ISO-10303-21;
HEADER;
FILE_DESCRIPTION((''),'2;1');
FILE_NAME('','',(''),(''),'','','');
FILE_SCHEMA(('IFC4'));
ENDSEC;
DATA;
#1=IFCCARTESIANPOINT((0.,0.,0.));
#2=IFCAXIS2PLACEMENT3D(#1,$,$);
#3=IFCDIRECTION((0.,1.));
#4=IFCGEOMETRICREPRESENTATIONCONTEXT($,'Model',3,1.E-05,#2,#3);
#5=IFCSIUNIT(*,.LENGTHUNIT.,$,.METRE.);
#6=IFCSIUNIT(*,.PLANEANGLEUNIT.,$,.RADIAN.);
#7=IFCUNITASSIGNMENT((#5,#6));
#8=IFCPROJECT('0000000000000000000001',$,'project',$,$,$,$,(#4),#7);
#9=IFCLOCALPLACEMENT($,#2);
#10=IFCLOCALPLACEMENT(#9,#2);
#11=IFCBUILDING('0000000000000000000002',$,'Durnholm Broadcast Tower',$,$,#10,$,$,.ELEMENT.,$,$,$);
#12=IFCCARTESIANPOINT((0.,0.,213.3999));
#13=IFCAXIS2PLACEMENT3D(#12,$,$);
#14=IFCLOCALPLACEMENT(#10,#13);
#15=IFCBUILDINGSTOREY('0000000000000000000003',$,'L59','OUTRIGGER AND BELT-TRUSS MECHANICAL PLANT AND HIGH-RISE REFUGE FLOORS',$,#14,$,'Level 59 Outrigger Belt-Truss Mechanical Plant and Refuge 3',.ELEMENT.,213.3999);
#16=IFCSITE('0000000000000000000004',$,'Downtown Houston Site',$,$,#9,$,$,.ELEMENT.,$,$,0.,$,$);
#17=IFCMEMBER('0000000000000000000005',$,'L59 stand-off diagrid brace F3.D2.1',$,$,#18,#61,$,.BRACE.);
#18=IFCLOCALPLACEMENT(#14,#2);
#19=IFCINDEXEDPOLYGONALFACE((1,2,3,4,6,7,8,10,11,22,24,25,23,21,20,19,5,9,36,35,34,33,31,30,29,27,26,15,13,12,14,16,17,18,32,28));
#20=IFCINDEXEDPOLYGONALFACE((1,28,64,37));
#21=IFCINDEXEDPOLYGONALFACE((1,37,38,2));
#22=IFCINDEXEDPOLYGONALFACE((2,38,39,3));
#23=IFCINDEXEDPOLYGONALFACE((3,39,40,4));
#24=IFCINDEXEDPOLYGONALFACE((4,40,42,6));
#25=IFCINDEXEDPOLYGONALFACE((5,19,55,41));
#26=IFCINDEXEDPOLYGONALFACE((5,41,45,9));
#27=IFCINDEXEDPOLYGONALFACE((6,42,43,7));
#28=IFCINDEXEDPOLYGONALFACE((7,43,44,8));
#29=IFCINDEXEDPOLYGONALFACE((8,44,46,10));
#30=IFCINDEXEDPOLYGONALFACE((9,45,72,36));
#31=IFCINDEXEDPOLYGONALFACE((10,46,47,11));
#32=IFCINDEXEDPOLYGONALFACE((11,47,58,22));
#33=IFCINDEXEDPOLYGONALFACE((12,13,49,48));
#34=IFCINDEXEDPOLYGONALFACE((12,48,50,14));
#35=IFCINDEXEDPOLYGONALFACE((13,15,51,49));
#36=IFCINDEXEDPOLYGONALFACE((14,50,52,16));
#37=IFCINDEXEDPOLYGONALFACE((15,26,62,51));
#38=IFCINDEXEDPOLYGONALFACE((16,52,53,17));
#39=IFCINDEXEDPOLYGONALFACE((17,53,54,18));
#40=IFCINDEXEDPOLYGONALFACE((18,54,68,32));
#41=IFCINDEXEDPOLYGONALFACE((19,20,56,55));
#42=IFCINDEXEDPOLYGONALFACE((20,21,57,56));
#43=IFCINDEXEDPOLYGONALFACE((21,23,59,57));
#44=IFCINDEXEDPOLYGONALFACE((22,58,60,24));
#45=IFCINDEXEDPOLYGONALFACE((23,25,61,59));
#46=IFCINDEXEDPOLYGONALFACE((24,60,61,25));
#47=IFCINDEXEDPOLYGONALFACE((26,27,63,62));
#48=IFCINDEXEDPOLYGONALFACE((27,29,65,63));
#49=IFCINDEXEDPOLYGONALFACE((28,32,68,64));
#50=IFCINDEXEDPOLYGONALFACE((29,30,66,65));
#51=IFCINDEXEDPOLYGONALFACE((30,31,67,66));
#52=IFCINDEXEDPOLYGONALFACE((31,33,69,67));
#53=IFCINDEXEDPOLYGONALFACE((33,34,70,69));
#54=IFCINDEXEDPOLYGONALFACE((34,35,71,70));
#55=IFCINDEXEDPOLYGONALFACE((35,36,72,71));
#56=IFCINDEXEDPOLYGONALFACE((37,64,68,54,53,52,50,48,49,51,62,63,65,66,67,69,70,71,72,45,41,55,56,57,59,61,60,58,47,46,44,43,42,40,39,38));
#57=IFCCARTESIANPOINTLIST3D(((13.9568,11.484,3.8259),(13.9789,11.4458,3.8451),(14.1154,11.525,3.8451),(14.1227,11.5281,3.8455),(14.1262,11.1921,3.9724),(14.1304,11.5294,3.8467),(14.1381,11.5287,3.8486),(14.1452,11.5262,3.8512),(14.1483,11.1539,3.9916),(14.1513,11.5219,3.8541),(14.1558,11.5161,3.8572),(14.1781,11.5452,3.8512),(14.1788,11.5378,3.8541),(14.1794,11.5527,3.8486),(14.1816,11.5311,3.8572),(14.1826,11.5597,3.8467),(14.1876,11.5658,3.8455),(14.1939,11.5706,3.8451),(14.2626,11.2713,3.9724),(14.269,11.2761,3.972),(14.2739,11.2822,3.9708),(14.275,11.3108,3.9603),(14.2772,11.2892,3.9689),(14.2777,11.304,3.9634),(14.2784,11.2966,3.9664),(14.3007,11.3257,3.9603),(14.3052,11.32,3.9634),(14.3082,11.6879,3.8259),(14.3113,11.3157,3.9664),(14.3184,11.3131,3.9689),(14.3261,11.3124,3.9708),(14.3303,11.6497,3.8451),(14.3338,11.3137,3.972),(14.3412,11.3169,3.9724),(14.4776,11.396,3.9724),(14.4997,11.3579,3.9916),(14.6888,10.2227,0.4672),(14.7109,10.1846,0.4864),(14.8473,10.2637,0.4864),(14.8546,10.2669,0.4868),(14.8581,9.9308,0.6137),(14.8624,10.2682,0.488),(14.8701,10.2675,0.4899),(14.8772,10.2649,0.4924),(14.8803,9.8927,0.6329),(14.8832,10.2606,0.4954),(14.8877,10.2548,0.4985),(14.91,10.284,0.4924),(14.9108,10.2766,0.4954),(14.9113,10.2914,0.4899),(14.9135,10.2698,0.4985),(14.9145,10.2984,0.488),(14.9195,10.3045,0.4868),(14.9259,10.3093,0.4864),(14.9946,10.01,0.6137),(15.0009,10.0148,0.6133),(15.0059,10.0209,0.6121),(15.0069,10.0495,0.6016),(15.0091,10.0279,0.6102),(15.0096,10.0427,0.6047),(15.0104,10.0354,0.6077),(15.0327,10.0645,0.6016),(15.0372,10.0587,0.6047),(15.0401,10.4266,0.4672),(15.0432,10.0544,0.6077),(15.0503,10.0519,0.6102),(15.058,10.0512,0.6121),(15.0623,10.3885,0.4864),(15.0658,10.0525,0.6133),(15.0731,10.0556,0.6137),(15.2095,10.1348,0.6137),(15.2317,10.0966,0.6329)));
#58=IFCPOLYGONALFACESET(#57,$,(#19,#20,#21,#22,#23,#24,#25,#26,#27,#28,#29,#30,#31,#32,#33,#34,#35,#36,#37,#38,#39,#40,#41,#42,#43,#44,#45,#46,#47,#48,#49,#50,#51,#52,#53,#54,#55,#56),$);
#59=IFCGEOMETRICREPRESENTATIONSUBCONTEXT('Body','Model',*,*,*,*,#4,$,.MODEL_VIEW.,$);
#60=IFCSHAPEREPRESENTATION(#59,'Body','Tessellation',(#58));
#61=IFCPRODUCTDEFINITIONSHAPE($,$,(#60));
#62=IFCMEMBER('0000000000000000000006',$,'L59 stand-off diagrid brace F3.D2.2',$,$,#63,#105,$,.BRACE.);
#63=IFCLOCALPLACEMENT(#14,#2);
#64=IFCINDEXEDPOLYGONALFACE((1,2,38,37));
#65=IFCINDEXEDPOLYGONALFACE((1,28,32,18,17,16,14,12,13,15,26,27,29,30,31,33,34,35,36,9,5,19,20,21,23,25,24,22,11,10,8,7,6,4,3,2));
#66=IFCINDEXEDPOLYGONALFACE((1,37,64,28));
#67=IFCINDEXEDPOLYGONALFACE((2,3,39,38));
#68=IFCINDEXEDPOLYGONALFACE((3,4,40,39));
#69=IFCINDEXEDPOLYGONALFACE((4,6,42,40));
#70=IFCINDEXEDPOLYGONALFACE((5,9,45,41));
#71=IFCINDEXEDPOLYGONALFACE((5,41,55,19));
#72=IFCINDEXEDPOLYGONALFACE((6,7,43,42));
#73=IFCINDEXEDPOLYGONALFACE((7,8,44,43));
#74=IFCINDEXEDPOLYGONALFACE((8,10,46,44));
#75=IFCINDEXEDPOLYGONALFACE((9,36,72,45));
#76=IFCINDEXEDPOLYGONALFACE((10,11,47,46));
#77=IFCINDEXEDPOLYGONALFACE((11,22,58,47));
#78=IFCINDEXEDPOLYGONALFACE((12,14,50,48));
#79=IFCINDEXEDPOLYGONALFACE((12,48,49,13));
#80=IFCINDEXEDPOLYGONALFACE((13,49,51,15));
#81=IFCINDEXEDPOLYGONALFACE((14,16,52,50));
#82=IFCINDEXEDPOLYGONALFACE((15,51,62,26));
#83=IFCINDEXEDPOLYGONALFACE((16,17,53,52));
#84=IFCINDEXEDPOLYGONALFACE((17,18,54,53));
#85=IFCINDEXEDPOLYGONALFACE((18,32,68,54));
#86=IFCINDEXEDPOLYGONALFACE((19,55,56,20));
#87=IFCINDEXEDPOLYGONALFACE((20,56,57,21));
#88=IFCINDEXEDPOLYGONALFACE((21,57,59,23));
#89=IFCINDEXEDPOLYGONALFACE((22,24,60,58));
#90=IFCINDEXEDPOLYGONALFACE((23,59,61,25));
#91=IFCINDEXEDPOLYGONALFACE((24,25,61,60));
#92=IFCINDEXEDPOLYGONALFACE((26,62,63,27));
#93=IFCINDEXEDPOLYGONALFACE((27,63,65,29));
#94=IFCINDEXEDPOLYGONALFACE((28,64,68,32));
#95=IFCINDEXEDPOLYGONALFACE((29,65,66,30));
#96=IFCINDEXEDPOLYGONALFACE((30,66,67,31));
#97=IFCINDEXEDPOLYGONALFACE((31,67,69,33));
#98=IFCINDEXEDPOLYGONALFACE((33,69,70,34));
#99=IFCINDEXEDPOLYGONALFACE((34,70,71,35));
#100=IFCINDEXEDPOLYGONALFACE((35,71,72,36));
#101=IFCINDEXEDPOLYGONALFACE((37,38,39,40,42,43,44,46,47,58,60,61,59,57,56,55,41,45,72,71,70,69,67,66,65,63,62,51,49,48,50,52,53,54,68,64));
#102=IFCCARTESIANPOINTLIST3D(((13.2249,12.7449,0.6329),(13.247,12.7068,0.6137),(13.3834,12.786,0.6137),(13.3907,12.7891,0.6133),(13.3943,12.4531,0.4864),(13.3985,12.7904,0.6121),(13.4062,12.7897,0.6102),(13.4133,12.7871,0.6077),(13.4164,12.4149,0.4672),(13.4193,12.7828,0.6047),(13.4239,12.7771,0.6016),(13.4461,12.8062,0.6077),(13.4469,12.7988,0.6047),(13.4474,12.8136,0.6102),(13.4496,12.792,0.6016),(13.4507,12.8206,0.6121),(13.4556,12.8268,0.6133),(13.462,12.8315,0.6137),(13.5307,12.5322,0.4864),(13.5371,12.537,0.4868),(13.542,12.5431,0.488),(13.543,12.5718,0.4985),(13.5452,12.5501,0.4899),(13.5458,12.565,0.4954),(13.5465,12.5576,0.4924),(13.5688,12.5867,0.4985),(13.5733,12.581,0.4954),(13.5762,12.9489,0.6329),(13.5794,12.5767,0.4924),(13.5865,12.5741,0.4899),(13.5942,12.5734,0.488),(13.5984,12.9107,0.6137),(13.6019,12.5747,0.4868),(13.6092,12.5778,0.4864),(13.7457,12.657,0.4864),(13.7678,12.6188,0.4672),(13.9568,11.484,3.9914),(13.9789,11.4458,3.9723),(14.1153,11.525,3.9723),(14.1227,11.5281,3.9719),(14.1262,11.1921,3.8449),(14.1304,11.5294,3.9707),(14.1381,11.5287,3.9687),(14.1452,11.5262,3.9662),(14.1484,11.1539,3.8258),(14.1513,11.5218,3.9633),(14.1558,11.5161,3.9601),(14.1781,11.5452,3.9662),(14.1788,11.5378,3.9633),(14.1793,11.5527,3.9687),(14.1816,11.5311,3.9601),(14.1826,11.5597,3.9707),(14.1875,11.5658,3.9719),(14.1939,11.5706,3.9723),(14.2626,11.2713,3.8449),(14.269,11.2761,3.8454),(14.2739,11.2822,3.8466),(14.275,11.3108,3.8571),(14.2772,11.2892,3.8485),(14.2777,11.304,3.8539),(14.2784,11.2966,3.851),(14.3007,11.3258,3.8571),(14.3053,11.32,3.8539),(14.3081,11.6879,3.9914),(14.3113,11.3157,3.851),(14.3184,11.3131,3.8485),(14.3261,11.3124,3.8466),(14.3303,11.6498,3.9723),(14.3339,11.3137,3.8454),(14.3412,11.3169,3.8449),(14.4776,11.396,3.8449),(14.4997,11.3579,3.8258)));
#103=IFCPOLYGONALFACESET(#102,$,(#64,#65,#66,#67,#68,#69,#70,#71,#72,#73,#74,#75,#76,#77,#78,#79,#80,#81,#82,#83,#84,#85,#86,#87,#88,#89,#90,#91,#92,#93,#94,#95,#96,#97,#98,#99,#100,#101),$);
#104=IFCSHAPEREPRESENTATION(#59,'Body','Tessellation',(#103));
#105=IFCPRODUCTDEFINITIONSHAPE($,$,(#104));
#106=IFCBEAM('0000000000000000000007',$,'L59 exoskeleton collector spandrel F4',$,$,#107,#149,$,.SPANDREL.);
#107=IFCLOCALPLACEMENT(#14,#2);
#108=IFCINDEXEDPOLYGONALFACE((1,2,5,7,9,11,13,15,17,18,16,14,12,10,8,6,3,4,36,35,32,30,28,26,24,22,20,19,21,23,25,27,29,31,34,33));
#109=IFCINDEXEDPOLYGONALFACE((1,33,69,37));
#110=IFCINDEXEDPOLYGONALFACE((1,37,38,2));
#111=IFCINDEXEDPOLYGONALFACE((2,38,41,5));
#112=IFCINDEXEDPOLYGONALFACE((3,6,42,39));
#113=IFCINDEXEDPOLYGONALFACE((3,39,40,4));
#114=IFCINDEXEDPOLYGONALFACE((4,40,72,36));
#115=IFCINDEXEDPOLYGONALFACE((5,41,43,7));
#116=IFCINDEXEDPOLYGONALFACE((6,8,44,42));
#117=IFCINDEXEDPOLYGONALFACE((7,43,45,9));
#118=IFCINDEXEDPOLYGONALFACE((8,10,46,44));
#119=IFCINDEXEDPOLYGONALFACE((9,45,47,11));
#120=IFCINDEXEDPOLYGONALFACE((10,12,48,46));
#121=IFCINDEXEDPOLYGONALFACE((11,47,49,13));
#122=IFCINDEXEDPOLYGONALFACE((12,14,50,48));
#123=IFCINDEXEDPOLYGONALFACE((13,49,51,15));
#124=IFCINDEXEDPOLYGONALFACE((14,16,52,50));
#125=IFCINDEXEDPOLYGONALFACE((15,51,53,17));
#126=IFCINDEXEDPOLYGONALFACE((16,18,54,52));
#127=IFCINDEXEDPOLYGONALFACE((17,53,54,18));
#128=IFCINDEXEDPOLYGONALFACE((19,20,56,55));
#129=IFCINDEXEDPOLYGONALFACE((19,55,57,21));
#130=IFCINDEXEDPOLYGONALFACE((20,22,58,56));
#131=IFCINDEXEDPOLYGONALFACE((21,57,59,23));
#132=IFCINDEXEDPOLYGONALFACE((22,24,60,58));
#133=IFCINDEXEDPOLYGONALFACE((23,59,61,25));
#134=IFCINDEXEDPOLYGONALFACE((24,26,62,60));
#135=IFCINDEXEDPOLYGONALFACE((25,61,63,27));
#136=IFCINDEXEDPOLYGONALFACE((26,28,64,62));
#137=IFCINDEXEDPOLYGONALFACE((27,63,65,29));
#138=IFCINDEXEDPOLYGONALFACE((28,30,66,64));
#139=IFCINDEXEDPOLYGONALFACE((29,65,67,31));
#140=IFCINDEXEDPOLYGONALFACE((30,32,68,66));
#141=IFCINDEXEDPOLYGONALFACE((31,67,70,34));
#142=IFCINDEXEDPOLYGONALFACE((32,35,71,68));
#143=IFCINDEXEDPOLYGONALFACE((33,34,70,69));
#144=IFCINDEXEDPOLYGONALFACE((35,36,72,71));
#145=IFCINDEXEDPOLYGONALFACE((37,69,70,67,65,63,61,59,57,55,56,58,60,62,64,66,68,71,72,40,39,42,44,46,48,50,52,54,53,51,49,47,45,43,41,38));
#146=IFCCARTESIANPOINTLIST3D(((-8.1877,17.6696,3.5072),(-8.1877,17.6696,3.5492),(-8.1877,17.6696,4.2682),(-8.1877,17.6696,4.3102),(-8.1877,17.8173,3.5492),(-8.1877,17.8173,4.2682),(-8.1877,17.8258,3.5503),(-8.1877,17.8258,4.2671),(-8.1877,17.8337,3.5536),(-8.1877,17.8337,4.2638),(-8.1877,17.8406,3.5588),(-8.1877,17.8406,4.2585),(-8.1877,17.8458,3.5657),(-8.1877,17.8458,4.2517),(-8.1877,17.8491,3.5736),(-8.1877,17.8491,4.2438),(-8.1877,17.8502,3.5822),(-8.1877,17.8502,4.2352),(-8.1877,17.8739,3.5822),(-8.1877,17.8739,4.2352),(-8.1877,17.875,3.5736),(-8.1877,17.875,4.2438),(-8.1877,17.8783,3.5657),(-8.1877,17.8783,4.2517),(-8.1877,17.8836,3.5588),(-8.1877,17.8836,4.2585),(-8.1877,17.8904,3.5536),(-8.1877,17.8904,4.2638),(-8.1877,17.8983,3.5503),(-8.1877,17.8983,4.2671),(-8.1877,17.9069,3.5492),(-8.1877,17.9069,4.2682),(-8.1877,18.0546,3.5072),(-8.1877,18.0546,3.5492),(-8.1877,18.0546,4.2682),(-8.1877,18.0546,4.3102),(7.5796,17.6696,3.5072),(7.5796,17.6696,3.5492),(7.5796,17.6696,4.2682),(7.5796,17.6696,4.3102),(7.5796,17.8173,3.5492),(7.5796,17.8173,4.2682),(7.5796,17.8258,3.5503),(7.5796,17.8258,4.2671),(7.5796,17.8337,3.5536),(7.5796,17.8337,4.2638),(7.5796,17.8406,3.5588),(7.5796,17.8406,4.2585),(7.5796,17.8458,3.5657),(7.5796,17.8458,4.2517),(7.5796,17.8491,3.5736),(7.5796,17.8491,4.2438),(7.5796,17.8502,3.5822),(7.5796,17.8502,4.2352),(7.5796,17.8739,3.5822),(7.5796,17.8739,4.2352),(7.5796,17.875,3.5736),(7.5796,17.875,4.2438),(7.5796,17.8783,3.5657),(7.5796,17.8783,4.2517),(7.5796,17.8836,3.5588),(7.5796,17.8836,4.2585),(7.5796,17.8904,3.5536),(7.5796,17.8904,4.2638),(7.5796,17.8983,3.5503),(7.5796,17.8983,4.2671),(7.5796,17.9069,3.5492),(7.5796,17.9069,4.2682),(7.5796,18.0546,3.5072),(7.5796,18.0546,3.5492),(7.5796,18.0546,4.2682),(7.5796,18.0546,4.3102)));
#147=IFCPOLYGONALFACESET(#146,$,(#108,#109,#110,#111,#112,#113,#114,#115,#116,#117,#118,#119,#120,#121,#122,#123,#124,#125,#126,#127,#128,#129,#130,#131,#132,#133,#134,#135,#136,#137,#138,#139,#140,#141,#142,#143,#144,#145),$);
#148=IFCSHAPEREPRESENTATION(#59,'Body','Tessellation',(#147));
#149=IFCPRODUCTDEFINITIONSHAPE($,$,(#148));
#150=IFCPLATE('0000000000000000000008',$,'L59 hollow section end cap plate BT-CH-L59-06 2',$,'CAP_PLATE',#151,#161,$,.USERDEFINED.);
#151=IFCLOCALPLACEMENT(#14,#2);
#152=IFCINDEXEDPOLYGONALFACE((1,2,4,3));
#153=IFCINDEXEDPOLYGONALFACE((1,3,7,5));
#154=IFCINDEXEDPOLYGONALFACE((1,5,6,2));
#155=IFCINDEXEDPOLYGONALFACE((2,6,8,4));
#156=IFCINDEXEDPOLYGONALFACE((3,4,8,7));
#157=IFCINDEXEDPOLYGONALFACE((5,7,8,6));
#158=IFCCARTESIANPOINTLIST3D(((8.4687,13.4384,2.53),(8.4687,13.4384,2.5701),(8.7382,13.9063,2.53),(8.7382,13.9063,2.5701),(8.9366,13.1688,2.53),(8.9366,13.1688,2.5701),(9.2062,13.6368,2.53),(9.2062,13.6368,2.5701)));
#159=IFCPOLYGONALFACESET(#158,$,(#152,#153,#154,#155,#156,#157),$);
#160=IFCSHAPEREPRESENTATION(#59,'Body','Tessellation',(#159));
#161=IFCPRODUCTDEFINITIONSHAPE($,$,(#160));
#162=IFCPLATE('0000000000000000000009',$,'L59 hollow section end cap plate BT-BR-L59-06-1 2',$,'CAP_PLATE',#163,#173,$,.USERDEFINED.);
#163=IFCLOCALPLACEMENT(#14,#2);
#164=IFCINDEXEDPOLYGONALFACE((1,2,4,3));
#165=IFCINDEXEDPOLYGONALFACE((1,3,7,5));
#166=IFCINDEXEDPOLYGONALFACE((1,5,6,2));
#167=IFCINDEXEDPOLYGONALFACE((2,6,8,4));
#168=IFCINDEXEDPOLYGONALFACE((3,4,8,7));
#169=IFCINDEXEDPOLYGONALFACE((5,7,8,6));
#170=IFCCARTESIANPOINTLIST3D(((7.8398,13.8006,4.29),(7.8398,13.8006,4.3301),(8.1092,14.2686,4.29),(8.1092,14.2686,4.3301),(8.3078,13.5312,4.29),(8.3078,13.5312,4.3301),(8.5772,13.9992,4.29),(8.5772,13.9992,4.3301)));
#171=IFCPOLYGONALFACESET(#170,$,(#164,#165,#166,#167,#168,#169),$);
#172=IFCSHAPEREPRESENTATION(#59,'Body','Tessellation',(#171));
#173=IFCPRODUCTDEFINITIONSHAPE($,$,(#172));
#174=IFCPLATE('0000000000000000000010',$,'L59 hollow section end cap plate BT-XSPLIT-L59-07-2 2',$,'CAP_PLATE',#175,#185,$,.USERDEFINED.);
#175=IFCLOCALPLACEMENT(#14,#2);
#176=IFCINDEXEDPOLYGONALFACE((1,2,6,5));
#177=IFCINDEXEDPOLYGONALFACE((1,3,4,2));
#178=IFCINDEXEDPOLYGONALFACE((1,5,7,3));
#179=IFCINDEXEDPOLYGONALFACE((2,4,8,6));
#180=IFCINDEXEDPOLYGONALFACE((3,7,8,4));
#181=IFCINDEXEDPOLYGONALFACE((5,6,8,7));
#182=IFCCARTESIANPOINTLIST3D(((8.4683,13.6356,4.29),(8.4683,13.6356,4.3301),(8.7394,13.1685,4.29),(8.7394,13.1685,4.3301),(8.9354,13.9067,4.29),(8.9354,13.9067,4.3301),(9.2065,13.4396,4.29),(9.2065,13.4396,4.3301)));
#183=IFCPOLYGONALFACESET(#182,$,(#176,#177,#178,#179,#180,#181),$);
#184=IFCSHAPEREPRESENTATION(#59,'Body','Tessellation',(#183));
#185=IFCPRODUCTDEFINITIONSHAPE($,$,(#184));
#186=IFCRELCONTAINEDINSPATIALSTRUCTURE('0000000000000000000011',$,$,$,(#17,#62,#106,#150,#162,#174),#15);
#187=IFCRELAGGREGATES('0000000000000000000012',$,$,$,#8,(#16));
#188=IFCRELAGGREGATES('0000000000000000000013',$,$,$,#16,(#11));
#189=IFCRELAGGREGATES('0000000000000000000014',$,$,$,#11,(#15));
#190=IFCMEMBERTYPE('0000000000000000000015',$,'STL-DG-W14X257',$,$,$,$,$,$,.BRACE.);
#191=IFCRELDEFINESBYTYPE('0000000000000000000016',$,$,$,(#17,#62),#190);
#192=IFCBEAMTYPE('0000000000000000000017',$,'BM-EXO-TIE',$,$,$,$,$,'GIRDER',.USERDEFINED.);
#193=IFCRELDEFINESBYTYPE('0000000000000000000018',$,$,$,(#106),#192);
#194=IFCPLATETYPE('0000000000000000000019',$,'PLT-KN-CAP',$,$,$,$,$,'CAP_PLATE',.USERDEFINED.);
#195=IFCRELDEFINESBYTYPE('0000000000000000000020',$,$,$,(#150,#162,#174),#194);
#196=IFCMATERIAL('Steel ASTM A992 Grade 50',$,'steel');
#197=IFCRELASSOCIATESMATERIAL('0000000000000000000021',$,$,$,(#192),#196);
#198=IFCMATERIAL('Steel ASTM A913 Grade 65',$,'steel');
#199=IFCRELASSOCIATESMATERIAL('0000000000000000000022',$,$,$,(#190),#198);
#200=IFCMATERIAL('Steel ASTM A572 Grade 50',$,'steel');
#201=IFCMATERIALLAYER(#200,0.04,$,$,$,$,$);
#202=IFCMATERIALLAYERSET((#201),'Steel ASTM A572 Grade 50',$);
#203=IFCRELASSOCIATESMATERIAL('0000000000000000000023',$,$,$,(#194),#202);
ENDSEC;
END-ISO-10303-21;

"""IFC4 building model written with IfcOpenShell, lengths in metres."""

from ifc_helpers import new_model, si_unit, direction, frame, origin, origin_2d, place, context, subcontext, project, spatial, rectangle, i_section, extrude, source, transform, mapped, material, layer, layer_set, material_profile, profile_set, type_object, type_shapes, element, save


model = new_model("IFC4")

# Units and contexts
model_context = context("Model", 3, precision=1e-05, world=origin(), true_north=direction((0.0, 1.0)))
body_context = subcontext(model_context, "Body", "Model", "MODEL_VIEW")
ifc_project = project(units=[si_unit("LENGTHUNIT", "METRE"), si_unit("PLANEANGLEUNIT", "RADIAN")], contexts=[model_context])

# Site, building, storey
site_placement = place(None, origin())
site = spatial("IfcSite", under=ifc_project, at=site_placement, Name="Downtown Houston Site", CompositionType="ELEMENT", RefElevation=0.0)
building_placement = place(site_placement, origin())
building = spatial("IfcBuilding", under=site, at=building_placement, Name="Durnholm Broadcast Tower", CompositionType="ELEMENT")
storey_placement = place(building_placement, frame((0.0, 0.0, 213.3999)))
storey = spatial("IfcBuildingStorey", under=building, at=storey_placement, Name="L59", Description="OUTRIGGER AND BELT-TRUSS MECHANICAL PLANT AND HIGH-RISE REFUGE FLOORS", LongName="Level 59 Outrigger Belt-Truss Mechanical Plant and Refuge 3", CompositionType="ELEMENT", Elevation=213.3999)

# Shared definitions
ifc_material_1 = material(Name="Steel ASTM A992 Grade 50", Category="steel")
ifc_material_profile_1 = material_profile(ifc_material_1, i_section(OverallWidth=0.385, OverallDepth=0.803, WebThickness=0.0237, FlangeThickness=0.042, FilletRadius=0.033, at=origin_2d()), Name="W30X261")
ifc_profile_set_1 = profile_set([ifc_material_profile_1], Name="Steel ASTM A992 Grade 50")
beam_type_1 = type_object("IfcBeamType", Name="BM-EXO-TIE", ElementType="GIRDER", PredefinedType="USERDEFINED", material=ifc_profile_set_1)

# Members
ifc_material_2 = material(Name="Steel ASTM A913 Grade 65", Category="steel")
ifc_material_profile_2 = material_profile(ifc_material_2, i_section(OverallWidth=0.4062, OverallDepth=0.416, WebThickness=0.0298, FlangeThickness=0.0481, FilletRadius=0.0305, at=origin_2d()), Name="W14X257")
ifc_profile_set_2 = profile_set([ifc_material_profile_2], Name="Steel ASTM A913 Grade 65")
member_type_1 = type_object("IfcMemberType", Name="STL-DG-W14X257", PredefinedType="BRACE", material=ifc_profile_set_2)
shared_shape_1 = source(origin(), body_context, "Body", "SweptSolid", [
    extrude(i_section(OverallWidth=0.4062, OverallDepth=0.416, WebThickness=0.0298, FlangeThickness=0.0481, FilletRadius=0.0305, at=origin_2d()), origin(), (0.0, 0.0, 1.0), 3.6616),
])
member_1_placement = place(storey_placement, frame((14.9602, 10.1597, 0.55), z_axis=(-0.199897, 0.344453, 0.917275), x_axis=(-0.864906, -0.501934, 0.0)))
element("IfcMember", 1, at=member_1_placement, inside=storey, type_object=member_type_1, Name="L59 stand-off diagrid brace F3.D2.1", PredefinedType="BRACE", context=body_context, shape_type="MappedRepresentation", body=[
    mapped(shared_shape_1, transform((0.0, 0.0, 0.0), x_axis=(1.0, 0.0, 0.0), y_axis=(0.0, 1.0, 0.0), z_axis=(0.0, 0.0, 1.0), scale=1.0)),
])
shared_shape_2 = source(origin(), body_context, "Body", "SweptSolid", [
    extrude(i_section(OverallWidth=0.4062, OverallDepth=0.416, WebThickness=0.0298, FlangeThickness=0.0481, FilletRadius=0.0305, at=origin_2d()), origin(), (0.0, 0.0, 1.0), 3.6614),
])
type_shapes(member_type_1, [shared_shape_1, shared_shape_2])
member_2_placement = place(storey_placement, frame((13.4963, 12.6819, 0.55), z_axis=(0.199902, -0.344394, 0.917296), x_axis=(0.864864, 0.502006, 0.0)))
element("IfcMember", 2, at=member_2_placement, inside=storey, type_object=member_type_1, Name="L59 stand-off diagrid brace F3.D2.2", PredefinedType="BRACE", context=body_context, shape_type="MappedRepresentation", body=[
    mapped(shared_shape_2, transform((0.0, 0.0, 0.0), x_axis=(1.0, 0.0, 0.0), y_axis=(0.0, 1.0, 0.0), z_axis=(0.0, 0.0, 1.0), scale=1.0)),
])

# Beam
shared_shape_3 = source(origin(), body_context, "Body", "SweptSolid", [
    extrude(i_section(OverallWidth=0.385, OverallDepth=0.803, WebThickness=0.0237, FlangeThickness=0.042, FilletRadius=0.033, at=origin_2d()), origin(), (0.0, 0.0, 1.0), 15.7673),
])
beam_1_placement = place(storey_placement, frame((7.5796, 17.8621, 3.9087), z_axis=(-1.0, 0.0, 0.0), x_axis=(0.0, -1.0, 0.0)))
element("IfcBeam", 3, at=beam_1_placement, inside=storey, type_object=beam_type_1, Name="L59 exoskeleton collector spandrel F4", PredefinedType="SPANDREL", context=body_context, shape_type="MappedRepresentation", body=[
    mapped(shared_shape_3, transform((0.0, 0.0, 0.0), x_axis=(1.0, 0.0, 0.0), y_axis=(0.0, 1.0, 0.0), z_axis=(0.0, 0.0, 1.0), scale=1.0)),
])

# Plates
ifc_material_3 = material(Name="Steel ASTM A572 Grade 50", Category="steel")
ifc_layer_1 = layer(ifc_material_3, 0.04)
ifc_layer_set_1 = layer_set([ifc_layer_1], Name="Steel ASTM A572 Grade 50")
plate_type_1 = type_object("IfcPlateType", Name="PLT-KN-CAP", ElementType="CAP_PLATE", PredefinedType="USERDEFINED", material=ifc_layer_set_1)
shared_shape_4 = source(origin(), body_context, "Body", "SweptSolid", [
    extrude(rectangle(XDim=0.54, YDim=0.54, at=origin_2d()), origin(), (0.0, 0.0, 1.0), 0.04),
])
type_shapes(plate_type_1, [shared_shape_4])
for number, where, z_axis, x_axis, name in (
    (4, (8.8374, 13.5376, 2.53), (0.0, 0.0, 1.0), (0.866549, -0.499093, 0.0), "L59 hollow section end cap plate BT-CH-L59-06 2"),
    (5, (8.2085, 13.8999, 4.29), (0.0, 0.0, 1.0), (0.866636, -0.498942, 0.0), "L59 hollow section end cap plate BT-BR-L59-06-1 2"),
    (6, (8.8374, 13.5376, 4.29), (0.0, 0.0, 1.0), (-0.501964, 0.864889, 0.0), "L59 hollow section end cap plate BT-XSPLIT-L59-07-2 2"),
):
    element("IfcPlate", number, at=place(storey_placement, frame(where, z_axis=z_axis, x_axis=x_axis)), inside=storey, type_object=plate_type_1, Name=name, ObjectType="CAP_PLATE", PredefinedType="USERDEFINED", context=body_context, shape_type="MappedRepresentation", body=[
        mapped(shared_shape_4, transform((0.0, 0.0, 0.0), x_axis=(1.0, 0.0, 0.0), y_axis=(0.0, 1.0, 0.0), z_axis=(0.0, 0.0, 1.0), scale=1.0)),
    ])

save(model, "model.ifc")
